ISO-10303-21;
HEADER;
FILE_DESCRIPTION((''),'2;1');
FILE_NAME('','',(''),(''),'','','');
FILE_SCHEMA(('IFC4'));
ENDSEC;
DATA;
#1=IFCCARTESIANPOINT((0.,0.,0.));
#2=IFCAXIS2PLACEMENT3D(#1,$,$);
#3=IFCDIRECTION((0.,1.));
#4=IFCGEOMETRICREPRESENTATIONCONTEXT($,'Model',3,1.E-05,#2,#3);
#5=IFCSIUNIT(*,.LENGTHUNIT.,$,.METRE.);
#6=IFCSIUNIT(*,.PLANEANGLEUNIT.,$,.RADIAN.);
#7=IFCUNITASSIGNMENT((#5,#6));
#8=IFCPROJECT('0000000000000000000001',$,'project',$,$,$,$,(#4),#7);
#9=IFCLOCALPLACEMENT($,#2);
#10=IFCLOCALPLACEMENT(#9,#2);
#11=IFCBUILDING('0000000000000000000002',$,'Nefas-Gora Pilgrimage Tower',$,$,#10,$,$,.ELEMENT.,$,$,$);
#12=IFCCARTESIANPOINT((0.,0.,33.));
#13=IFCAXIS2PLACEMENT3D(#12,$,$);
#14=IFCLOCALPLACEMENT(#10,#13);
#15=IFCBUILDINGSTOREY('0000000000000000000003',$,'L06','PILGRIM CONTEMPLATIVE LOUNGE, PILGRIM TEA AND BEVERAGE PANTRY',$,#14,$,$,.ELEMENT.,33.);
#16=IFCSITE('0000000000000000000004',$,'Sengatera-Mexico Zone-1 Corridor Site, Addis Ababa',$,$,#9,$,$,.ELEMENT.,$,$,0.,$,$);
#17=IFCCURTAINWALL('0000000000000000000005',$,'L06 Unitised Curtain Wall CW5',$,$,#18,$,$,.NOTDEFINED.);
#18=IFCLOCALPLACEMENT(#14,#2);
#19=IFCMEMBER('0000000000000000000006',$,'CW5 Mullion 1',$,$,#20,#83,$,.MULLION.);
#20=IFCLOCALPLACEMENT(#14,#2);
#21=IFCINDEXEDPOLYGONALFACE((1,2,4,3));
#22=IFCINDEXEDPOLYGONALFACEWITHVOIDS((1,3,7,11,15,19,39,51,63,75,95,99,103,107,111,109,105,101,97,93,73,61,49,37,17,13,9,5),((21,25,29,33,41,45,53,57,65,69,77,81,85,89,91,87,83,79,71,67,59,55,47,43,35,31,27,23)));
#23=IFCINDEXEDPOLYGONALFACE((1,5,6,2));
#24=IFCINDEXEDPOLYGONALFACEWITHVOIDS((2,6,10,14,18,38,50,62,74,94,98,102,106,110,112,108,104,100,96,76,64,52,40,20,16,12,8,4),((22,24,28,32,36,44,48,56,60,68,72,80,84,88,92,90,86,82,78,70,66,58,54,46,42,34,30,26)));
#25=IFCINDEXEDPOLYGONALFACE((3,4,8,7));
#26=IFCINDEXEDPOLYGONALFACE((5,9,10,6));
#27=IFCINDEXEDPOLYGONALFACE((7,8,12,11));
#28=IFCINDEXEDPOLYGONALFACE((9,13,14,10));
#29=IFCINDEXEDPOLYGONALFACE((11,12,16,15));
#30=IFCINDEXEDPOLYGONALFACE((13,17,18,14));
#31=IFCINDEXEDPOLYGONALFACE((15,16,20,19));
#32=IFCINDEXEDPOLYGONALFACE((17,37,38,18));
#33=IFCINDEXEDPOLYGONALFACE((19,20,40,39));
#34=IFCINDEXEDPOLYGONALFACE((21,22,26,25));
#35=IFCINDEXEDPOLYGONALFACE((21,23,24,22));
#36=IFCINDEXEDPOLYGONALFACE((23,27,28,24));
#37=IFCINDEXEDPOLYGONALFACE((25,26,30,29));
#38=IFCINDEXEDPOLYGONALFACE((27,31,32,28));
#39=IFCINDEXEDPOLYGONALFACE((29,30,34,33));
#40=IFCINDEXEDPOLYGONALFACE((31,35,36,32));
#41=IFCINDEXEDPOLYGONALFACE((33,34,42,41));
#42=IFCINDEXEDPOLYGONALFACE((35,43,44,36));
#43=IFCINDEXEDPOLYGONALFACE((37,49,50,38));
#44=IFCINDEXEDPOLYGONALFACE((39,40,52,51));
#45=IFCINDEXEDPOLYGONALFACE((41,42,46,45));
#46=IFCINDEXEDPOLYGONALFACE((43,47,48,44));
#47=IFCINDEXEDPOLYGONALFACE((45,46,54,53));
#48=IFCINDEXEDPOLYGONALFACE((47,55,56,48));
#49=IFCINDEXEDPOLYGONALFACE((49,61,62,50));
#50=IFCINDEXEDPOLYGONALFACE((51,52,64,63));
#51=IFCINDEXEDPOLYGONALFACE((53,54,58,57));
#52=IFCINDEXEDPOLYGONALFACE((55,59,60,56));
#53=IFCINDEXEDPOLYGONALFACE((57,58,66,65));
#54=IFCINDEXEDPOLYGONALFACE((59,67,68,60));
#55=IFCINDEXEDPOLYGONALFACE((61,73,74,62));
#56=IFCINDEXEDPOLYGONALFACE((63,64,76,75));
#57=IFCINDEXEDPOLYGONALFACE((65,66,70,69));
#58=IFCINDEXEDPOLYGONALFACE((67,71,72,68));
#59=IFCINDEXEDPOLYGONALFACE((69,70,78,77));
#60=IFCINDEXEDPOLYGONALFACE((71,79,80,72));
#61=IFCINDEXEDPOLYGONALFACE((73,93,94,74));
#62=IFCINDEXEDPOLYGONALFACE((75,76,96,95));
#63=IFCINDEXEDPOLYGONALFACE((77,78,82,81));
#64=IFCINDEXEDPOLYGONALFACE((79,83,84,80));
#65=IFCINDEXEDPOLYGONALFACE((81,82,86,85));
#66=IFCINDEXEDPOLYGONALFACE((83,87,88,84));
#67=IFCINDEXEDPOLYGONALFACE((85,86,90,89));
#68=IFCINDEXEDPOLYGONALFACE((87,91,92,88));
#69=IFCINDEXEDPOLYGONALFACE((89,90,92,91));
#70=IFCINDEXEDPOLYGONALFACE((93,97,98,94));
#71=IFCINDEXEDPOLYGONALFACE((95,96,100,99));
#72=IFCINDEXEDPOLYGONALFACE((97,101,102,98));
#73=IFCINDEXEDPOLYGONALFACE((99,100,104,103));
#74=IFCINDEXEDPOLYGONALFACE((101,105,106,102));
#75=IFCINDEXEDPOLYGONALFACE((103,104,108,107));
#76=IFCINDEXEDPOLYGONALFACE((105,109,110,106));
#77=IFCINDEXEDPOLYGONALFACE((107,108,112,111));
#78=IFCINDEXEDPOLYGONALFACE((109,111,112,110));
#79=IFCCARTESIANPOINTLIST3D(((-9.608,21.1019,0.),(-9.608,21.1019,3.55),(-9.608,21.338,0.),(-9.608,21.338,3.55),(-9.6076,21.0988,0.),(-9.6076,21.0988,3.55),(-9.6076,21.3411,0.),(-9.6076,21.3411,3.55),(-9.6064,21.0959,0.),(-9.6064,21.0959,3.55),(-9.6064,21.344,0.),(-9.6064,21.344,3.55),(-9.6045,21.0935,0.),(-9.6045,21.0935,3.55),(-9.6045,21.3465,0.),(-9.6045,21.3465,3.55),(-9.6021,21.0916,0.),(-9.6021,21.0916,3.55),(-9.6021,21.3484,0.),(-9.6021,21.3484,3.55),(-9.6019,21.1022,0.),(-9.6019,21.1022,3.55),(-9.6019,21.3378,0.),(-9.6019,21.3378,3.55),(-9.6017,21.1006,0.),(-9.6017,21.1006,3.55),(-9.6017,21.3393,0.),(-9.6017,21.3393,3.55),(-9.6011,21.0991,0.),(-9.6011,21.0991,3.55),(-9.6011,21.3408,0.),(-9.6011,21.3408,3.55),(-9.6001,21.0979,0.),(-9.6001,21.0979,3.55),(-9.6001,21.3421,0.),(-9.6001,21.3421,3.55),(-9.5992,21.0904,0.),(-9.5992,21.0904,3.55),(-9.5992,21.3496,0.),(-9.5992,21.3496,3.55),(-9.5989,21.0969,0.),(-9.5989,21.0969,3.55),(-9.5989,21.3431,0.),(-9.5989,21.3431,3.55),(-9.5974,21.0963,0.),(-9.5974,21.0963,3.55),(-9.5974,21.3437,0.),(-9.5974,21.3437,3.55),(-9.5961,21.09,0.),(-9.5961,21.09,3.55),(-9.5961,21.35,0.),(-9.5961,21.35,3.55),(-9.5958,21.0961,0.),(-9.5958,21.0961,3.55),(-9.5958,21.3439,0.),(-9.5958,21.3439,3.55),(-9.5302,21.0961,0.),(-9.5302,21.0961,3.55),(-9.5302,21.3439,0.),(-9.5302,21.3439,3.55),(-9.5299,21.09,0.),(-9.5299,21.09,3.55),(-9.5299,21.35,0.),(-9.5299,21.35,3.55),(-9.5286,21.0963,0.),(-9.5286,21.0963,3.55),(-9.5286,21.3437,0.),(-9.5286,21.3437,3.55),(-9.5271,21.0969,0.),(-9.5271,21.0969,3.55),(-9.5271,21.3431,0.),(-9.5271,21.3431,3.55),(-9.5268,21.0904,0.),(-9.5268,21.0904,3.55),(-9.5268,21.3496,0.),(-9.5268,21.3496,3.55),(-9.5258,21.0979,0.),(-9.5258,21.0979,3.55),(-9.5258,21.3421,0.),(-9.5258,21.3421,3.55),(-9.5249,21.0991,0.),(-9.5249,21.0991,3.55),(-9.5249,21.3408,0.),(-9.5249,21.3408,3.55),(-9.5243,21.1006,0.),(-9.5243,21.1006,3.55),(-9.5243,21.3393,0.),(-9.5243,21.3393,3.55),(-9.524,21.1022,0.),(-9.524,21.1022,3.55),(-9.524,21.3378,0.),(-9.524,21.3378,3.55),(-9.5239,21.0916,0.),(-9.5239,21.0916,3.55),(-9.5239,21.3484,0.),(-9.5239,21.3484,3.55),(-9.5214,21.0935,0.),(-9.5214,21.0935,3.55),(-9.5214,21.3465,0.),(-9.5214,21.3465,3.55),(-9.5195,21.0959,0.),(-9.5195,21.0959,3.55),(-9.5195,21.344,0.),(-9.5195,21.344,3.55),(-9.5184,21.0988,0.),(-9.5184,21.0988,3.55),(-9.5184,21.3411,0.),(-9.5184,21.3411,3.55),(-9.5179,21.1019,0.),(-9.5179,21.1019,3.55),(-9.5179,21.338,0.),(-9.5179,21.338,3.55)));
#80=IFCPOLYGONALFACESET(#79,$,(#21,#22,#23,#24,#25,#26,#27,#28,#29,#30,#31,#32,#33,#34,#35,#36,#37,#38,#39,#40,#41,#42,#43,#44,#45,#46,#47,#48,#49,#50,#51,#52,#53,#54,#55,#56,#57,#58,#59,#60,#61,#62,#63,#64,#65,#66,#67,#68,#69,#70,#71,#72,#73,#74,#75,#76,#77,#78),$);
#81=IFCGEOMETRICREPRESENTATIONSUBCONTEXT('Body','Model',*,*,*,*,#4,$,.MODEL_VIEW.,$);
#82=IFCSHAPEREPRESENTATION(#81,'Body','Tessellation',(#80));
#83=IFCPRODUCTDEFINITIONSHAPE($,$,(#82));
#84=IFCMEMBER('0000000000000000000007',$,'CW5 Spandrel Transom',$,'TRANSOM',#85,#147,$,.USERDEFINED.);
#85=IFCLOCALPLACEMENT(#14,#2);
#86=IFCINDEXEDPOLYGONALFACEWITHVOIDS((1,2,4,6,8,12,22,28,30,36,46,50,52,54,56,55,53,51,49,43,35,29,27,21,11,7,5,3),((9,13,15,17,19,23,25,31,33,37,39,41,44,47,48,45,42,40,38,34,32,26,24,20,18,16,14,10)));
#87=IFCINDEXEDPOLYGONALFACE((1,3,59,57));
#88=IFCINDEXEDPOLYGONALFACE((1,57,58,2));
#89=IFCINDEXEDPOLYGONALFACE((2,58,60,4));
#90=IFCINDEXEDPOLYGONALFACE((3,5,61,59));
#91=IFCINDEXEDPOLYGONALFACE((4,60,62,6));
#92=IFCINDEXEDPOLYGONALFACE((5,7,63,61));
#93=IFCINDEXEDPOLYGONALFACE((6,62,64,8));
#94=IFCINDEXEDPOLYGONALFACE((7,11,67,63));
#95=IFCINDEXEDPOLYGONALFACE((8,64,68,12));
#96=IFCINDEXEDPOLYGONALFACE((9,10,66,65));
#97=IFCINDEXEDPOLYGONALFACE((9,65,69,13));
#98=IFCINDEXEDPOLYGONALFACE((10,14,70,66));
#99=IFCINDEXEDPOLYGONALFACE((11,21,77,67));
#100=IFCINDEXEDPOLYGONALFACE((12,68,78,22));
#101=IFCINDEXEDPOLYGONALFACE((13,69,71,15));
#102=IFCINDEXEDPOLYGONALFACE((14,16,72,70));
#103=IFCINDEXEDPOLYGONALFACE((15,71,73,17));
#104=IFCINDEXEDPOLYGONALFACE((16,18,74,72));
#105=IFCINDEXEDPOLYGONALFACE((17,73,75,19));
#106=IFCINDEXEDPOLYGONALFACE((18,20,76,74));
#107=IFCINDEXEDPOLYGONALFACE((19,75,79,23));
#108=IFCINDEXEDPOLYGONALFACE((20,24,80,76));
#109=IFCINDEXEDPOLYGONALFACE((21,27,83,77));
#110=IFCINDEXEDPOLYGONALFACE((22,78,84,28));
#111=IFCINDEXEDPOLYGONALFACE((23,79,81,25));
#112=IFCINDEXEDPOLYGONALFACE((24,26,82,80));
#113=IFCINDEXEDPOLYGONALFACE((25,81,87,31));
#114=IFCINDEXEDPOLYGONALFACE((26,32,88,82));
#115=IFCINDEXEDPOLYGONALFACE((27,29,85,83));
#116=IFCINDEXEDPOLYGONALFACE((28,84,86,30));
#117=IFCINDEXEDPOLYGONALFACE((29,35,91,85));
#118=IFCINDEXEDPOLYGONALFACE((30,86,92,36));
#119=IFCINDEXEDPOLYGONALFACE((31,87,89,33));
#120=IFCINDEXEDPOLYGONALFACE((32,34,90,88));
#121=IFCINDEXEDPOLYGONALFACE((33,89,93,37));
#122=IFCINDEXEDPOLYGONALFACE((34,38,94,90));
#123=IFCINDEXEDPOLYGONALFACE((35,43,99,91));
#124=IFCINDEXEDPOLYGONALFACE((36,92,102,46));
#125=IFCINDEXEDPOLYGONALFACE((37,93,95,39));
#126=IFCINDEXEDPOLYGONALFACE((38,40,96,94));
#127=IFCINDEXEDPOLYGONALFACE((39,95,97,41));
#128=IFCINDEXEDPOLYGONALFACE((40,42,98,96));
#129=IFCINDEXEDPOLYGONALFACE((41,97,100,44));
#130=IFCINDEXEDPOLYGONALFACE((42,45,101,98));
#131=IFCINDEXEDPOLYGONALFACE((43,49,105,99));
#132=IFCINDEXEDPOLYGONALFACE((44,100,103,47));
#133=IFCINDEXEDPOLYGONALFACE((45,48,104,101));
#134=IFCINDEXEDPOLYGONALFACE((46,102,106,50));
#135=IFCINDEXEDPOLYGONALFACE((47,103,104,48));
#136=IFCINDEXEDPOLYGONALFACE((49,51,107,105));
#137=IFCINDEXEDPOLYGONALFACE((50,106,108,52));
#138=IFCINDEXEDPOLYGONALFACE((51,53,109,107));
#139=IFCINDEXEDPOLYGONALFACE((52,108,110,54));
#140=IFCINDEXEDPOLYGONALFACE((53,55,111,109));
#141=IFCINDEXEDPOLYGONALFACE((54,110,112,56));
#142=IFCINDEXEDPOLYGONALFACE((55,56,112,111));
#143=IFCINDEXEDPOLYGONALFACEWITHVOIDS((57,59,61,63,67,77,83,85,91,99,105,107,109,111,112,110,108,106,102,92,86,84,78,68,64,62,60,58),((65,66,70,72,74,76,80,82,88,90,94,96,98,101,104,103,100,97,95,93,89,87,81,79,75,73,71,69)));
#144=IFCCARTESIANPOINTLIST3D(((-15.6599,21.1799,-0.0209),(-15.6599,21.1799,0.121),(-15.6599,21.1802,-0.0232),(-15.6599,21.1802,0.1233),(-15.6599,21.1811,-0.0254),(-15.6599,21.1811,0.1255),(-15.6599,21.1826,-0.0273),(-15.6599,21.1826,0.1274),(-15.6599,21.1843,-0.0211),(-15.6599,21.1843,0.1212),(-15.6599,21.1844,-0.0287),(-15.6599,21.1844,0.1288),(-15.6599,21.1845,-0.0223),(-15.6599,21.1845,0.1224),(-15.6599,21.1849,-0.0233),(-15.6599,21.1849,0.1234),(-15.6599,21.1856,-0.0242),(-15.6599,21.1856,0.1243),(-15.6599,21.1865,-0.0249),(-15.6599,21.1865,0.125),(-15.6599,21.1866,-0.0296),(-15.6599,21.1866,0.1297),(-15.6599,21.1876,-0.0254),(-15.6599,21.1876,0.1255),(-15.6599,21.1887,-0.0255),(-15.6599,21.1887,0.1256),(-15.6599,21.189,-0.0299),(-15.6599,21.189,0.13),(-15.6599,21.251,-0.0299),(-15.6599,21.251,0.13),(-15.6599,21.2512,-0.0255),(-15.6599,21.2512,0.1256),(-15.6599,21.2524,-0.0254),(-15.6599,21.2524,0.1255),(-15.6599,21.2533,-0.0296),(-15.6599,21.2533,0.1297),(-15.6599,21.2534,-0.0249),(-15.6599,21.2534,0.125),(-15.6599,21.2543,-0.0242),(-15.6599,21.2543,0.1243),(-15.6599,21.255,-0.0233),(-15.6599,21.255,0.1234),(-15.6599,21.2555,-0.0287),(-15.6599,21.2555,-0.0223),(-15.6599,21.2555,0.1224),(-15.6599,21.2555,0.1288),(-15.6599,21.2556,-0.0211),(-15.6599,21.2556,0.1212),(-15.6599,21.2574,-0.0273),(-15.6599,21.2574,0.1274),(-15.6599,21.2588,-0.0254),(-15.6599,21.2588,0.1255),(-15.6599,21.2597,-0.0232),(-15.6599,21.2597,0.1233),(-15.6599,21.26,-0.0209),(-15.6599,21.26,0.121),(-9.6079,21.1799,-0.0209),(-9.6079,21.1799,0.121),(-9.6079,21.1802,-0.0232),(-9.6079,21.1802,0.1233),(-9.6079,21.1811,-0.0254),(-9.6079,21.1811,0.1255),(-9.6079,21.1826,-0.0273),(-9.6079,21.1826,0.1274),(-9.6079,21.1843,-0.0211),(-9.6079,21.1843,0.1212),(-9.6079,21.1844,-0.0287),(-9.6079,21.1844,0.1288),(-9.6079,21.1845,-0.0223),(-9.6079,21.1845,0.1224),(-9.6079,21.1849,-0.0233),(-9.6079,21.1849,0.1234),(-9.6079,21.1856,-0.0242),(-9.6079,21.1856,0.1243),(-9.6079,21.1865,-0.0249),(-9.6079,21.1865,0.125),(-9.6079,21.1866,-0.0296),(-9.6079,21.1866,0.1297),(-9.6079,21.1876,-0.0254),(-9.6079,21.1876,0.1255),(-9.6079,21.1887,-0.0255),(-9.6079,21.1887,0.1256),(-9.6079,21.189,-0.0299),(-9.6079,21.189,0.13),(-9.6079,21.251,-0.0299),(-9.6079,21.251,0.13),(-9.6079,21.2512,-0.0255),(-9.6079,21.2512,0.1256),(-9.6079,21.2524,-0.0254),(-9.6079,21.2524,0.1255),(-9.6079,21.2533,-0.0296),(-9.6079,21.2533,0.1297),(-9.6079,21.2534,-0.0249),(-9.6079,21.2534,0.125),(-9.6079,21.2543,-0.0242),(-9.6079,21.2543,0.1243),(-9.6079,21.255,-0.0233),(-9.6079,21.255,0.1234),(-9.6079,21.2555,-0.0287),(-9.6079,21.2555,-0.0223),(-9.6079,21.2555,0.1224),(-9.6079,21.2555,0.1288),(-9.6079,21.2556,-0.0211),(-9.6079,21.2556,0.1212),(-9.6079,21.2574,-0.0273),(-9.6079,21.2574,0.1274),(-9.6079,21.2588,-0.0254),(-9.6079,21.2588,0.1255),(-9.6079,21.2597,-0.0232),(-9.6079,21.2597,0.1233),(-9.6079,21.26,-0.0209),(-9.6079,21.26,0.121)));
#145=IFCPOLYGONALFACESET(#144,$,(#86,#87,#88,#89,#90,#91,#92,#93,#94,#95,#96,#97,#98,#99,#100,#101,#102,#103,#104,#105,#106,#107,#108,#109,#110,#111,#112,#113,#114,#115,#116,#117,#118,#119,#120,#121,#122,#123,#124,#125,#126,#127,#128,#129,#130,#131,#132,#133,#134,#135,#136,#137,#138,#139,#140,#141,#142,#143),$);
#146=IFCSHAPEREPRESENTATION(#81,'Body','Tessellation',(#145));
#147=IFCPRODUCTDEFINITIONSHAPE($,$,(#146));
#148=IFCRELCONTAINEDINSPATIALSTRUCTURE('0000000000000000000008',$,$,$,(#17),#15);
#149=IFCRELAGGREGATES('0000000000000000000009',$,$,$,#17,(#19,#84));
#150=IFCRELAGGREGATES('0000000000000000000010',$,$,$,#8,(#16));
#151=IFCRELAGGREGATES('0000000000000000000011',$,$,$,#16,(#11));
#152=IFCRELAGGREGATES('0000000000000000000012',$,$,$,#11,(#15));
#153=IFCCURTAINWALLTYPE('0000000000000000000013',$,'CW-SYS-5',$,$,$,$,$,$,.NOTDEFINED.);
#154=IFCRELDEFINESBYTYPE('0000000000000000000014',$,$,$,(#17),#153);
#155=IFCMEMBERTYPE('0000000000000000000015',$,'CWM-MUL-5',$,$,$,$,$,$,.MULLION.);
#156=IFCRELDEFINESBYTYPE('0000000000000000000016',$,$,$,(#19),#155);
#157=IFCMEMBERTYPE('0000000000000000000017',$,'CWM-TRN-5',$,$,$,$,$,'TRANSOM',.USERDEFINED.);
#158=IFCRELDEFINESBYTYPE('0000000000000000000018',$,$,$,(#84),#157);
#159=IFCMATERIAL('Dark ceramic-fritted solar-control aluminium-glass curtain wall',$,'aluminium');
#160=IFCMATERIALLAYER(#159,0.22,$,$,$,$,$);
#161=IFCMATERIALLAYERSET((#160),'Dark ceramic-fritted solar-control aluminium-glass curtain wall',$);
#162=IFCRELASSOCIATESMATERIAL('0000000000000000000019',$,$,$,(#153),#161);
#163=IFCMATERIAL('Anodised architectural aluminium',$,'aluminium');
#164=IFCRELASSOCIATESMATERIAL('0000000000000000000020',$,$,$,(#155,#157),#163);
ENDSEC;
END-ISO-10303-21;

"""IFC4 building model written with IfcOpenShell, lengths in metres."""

from ifc_helpers import new_model, si_unit, direction, frame, origin, origin_2d, place, context, subcontext, project, spatial, hollow_rectangle, extrude, source, transform, mapped, material, layer, layer_set, material_profile, profile_set, type_object, element, aggregate, save


model = new_model("IFC4")

# Units and contexts
model_context = context("Model", 3, precision=1e-05, world=origin(), true_north=direction((0.0, 1.0)))
body_context = subcontext(model_context, "Body", "Model", "MODEL_VIEW")
ifc_project = project(units=[si_unit("LENGTHUNIT", "METRE"), si_unit("PLANEANGLEUNIT", "RADIAN")], contexts=[model_context])

# Site, building, storey
site_placement = place(None, origin())
site = spatial("IfcSite", under=ifc_project, at=site_placement, Name="Sengatera-Mexico Zone-1 Corridor Site, Addis Ababa", CompositionType="ELEMENT", RefElevation=0.0)
building_placement = place(site_placement, origin())
building = spatial("IfcBuilding", under=site, at=building_placement, Name="Nefas-Gora Pilgrimage Tower", CompositionType="ELEMENT")
storey_placement = place(building_placement, frame((0.0, 0.0, 33.0)))
storey = spatial("IfcBuildingStorey", under=building, at=storey_placement, Name="L06", Description="PILGRIM CONTEMPLATIVE LOUNGE, PILGRIM TEA AND BEVERAGE PANTRY", CompositionType="ELEMENT", Elevation=33.0)

# Shared definitions
ifc_material_1 = material(Name="Dark ceramic-fritted solar-control aluminium-glass curtain wall", Category="aluminium")
ifc_layer_1 = layer(ifc_material_1, 0.22)
ifc_layer_set_1 = layer_set([ifc_layer_1], Name="Dark ceramic-fritted solar-control aluminium-glass curtain wall")
curtain_wall_type = type_object("IfcCurtainWallType", Name="CW-SYS-5", PredefinedType="NOTDEFINED", material=ifc_layer_set_1)
ifc_material_2 = material(Name="Anodised architectural aluminium", Category="aluminium")
ifc_material_profile_1 = material_profile(ifc_material_2, hollow_rectangle(XDim=0.0901, YDim=0.26, WallThickness=0.0061, InnerFilletRadius=0.0061, OuterFilletRadius=0.012, at=origin_2d()), Name="ALU MULLION 90x260")
ifc_profile_set_1 = profile_set([ifc_material_profile_1], Name="Anodised architectural aluminium")
member_type_1 = type_object("IfcMemberType", Name="CWM-MUL-5", PredefinedType="MULLION", material=ifc_profile_set_1)
shared_shape_1 = source(origin(), body_context, "Body", "SweptSolid", [
    extrude(hollow_rectangle(XDim=0.0901, YDim=0.26, WallThickness=0.0061, InnerFilletRadius=0.0061, OuterFilletRadius=0.012, at=origin_2d()), origin(), (0.0, 0.0, 1.0), 3.55),
])

# Curtain wall, members
curtain_wall_1_placement = place(storey_placement, origin())
curtain_wall_1 = element("IfcCurtainWall", 1, at=curtain_wall_1_placement, inside=storey, type_object=curtain_wall_type, Name="L06 Unitised Curtain Wall CW5", PredefinedType="NOTDEFINED")
member_1_placement = place(storey_placement, frame((-9.563, 21.22, 0.0), z_axis=(0.0, 0.0, 1.0), x_axis=(-1.0, 0.0, 0.0)))
member_1 = element("IfcMember", 2, at=member_1_placement, type_object=member_type_1, Name="CW5 Mullion 1", PredefinedType="MULLION", context=body_context, shape_type="MappedRepresentation", body=[
    mapped(shared_shape_1, transform((0.0, 0.0, 0.0), x_axis=(1.0, 0.0, 0.0), y_axis=(0.0, 1.0, 0.0), z_axis=(0.0, 0.0, 1.0), scale=1.0)),
])
ifc_material_profile_2 = material_profile(ifc_material_2, hollow_rectangle(XDim=0.0801, YDim=0.1599, WallThickness=0.0044, InnerFilletRadius=0.0044, OuterFilletRadius=0.009, at=origin_2d()), Name="ALU TRANSOM 80x160")
ifc_profile_set_2 = profile_set([ifc_material_profile_2], Name="Anodised architectural aluminium")
member_type_2 = type_object("IfcMemberType", Name="CWM-TRN-5", ElementType="TRANSOM", PredefinedType="USERDEFINED", material=ifc_profile_set_2)
shared_shape_2 = source(origin(), body_context, "Body", "SweptSolid", [
    extrude(hollow_rectangle(XDim=0.0801, YDim=0.1599, WallThickness=0.0044, InnerFilletRadius=0.0044, OuterFilletRadius=0.009, at=origin_2d()), origin(), (0.0, 0.0, 1.0), 6.052),
])
member_2_placement = place(storey_placement, frame((-9.6079, 21.22, 0.05), z_axis=(-1.0, 0.0, 0.0), x_axis=(0.0, -1.0, 0.0)))
member_2 = element("IfcMember", 3, at=member_2_placement, type_object=member_type_2, Name="CW5 Spandrel Transom", ObjectType="TRANSOM", PredefinedType="USERDEFINED", context=body_context, shape_type="MappedRepresentation", body=[
    mapped(shared_shape_2, transform((0.0, 0.0, 0.0), x_axis=(1.0, 0.0, 0.0), y_axis=(0.0, 1.0, 0.0), z_axis=(0.0, 0.0, 1.0), scale=1.0)),
])
aggregate(curtain_wall_1, [member_1, member_2])

save(model, "model.ifc")
